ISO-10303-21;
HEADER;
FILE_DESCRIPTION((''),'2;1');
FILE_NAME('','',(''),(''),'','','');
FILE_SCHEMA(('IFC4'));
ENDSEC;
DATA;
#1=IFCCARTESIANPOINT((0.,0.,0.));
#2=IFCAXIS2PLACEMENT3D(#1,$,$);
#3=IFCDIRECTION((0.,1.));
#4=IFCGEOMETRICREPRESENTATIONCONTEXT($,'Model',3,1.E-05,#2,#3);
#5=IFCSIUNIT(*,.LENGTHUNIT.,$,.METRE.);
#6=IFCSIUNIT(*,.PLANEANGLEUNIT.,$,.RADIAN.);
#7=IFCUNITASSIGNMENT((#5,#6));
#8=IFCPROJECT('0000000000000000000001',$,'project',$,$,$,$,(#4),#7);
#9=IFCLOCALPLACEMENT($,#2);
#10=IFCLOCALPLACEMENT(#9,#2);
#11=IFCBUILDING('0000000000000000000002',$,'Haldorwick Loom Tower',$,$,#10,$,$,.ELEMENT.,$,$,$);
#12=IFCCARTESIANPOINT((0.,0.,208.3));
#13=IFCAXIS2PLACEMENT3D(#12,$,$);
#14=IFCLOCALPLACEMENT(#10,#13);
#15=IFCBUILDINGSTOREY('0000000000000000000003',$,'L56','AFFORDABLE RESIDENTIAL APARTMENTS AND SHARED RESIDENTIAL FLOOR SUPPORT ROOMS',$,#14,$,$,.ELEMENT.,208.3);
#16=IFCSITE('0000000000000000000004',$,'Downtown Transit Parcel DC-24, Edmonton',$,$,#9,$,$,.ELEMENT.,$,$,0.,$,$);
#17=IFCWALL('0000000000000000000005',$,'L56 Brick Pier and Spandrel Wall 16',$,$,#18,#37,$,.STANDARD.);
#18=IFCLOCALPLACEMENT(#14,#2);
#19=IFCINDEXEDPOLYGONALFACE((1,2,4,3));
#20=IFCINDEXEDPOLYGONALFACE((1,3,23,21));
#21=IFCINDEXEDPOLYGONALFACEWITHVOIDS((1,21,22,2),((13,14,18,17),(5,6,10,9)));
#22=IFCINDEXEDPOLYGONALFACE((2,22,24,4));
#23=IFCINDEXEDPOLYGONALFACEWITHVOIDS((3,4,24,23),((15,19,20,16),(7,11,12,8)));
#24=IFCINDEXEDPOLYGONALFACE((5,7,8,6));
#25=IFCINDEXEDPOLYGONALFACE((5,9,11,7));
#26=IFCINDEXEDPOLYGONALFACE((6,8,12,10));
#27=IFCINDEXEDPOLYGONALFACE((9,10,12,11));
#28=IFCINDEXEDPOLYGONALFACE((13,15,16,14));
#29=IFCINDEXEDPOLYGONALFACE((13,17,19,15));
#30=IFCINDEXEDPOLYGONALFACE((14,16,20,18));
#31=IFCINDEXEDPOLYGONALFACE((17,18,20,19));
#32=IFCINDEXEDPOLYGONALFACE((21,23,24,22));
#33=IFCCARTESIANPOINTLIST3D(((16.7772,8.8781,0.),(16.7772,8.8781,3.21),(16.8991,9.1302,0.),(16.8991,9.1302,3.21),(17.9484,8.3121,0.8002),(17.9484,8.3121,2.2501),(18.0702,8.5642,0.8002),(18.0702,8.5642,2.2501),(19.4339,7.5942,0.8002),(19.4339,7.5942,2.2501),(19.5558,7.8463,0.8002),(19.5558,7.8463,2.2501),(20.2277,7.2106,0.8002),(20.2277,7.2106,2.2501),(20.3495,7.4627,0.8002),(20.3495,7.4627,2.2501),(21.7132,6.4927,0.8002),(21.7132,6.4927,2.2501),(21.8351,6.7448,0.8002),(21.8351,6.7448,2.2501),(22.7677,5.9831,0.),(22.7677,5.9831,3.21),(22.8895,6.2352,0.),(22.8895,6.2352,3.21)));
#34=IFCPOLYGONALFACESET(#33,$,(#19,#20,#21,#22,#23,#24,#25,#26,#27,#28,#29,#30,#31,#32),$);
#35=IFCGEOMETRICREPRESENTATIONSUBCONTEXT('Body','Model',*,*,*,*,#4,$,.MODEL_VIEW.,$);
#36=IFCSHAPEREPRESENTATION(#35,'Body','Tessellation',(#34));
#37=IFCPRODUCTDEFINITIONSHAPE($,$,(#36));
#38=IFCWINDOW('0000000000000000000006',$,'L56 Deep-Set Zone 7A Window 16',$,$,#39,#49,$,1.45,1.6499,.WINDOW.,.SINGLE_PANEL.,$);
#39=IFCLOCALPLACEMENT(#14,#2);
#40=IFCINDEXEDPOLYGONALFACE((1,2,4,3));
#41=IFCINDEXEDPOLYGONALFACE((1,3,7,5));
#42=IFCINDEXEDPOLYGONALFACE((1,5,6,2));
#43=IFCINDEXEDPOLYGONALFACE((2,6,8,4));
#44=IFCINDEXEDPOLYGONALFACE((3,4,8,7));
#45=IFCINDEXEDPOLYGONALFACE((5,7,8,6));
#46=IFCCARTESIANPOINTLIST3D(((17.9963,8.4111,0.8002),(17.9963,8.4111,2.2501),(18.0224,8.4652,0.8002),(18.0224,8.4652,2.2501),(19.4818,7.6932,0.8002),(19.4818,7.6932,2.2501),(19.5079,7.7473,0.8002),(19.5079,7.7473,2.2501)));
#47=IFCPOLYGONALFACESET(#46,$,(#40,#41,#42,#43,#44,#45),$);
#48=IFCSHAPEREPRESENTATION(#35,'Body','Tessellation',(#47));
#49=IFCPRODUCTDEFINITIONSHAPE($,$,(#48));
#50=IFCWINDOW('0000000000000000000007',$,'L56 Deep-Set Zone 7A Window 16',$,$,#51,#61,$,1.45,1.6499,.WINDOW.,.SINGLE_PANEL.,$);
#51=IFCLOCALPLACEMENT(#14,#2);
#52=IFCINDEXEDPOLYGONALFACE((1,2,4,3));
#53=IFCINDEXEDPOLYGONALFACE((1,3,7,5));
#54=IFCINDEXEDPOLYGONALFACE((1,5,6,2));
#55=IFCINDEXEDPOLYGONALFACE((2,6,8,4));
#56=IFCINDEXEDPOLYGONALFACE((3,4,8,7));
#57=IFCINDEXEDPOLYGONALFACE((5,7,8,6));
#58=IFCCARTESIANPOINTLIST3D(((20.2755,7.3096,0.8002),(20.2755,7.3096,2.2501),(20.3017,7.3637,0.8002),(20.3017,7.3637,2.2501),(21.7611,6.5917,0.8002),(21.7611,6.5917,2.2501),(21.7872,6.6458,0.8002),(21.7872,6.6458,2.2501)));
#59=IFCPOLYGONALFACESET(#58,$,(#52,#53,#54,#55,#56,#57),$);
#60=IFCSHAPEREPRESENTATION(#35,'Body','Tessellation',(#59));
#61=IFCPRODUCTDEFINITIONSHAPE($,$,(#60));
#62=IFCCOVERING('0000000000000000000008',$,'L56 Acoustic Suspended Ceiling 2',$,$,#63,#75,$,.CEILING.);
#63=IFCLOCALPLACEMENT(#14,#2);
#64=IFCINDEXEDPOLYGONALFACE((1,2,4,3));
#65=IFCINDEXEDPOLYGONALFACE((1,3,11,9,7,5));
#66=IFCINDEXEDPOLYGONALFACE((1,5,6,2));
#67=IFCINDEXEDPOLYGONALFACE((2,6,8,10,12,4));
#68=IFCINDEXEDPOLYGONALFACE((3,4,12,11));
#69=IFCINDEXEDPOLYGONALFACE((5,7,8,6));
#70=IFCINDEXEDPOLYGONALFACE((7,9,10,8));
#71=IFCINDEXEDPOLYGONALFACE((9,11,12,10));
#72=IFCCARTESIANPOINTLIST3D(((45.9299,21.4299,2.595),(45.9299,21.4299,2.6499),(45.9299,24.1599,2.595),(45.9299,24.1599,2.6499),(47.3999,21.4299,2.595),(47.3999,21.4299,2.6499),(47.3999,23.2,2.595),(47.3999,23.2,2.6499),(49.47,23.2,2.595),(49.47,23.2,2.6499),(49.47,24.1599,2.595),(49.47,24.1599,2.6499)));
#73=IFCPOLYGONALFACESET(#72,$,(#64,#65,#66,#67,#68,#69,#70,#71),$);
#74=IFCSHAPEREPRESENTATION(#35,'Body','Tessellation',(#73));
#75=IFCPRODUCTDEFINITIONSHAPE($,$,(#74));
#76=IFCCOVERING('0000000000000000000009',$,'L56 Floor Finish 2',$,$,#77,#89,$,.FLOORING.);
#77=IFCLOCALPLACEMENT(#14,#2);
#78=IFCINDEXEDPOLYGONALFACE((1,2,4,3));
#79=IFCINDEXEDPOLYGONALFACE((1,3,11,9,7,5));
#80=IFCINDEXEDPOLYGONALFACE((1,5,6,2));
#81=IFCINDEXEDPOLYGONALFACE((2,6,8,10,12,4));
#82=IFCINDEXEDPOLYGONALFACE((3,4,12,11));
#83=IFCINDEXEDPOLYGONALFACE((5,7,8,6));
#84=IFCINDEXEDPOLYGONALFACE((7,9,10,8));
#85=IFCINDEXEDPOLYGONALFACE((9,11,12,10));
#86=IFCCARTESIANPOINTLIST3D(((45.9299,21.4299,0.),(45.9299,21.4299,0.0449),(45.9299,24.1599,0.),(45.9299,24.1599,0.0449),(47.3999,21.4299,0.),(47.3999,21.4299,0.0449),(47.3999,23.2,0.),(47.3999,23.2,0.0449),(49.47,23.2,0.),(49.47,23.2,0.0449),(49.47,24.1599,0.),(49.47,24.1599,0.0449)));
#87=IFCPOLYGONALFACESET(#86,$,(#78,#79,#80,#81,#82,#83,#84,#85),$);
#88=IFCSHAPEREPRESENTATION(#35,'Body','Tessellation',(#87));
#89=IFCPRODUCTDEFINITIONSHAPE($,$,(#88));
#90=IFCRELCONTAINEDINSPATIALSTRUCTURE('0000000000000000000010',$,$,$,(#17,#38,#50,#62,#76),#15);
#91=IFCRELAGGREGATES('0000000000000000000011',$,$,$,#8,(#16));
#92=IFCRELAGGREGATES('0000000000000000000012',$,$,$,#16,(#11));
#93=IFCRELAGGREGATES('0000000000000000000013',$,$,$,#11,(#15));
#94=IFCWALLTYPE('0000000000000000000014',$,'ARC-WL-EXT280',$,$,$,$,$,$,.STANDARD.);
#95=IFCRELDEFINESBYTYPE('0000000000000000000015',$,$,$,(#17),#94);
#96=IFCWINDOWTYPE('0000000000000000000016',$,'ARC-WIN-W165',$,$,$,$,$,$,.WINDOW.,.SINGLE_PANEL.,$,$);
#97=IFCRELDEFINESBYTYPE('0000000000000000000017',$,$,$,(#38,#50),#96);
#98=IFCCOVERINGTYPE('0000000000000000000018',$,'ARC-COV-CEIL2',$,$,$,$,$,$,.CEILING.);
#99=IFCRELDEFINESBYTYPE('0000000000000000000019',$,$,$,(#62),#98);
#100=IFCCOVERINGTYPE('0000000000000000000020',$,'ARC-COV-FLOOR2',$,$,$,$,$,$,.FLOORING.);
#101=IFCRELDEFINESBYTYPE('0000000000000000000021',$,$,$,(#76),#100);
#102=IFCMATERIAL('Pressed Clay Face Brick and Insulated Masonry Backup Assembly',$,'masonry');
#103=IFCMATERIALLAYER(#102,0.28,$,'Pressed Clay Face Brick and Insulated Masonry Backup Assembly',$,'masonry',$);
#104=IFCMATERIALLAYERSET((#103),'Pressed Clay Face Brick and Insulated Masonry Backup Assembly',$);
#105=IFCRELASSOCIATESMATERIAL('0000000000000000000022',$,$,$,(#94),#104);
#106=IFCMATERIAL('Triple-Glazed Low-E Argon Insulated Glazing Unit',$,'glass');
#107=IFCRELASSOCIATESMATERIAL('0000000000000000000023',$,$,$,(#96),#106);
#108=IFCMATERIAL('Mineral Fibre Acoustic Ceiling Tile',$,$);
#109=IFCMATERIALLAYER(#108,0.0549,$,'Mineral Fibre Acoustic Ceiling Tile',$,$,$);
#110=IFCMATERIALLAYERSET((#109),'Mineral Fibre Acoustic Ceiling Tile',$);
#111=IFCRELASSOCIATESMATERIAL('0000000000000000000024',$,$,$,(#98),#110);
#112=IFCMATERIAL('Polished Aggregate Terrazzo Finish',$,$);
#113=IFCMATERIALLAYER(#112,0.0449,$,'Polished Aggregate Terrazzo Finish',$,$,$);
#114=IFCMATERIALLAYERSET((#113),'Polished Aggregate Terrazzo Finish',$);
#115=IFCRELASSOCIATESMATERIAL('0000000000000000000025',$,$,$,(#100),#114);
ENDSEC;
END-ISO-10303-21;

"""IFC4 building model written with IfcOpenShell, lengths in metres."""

from ifc_helpers import new_model, si_unit, direction, frame, frame_2d, origin, place, context, subcontext, project, spatial, polyline, rectangle, outline, extrude, material, layer, layer_set, type_object, element, fill, save


model = new_model("IFC4")

# Units and contexts
model_context = context("Model", 3, precision=1e-05, world=origin(), true_north=direction((0.0, 1.0)))
body_context = subcontext(model_context, "Body", "Model", "MODEL_VIEW")
ifc_project = project(units=[si_unit("LENGTHUNIT", "METRE"), si_unit("PLANEANGLEUNIT", "RADIAN")], contexts=[model_context])

# Site, building, storey
site_placement = place(None, origin())
site = spatial("IfcSite", under=ifc_project, at=site_placement, Name="Downtown Transit Parcel DC-24, Edmonton", CompositionType="ELEMENT", RefElevation=0.0)
building_placement = place(site_placement, origin())
building = spatial("IfcBuilding", under=site, at=building_placement, Name="Haldorwick Loom Tower", CompositionType="ELEMENT")
storey_placement = place(building_placement, frame((0.0, 0.0, 208.3)))
storey = spatial("IfcBuildingStorey", under=building, at=storey_placement, Name="L56", Description="AFFORDABLE RESIDENTIAL APARTMENTS AND SHARED RESIDENTIAL FLOOR SUPPORT ROOMS", CompositionType="ELEMENT", Elevation=208.3)

# Shared definitions
ifc_material_1 = material(Name="Pressed Clay Face Brick and Insulated Masonry Backup Assembly", Category="masonry")
ifc_layer_1 = layer(ifc_material_1, 0.28, Name="Pressed Clay Face Brick and Insulated Masonry Backup Assembly", Category="masonry")
ifc_layer_set_1 = layer_set([ifc_layer_1], Name="Pressed Clay Face Brick and Insulated Masonry Backup Assembly")
wall_type = type_object("IfcWallType", Name="ARC-WL-EXT280", PredefinedType="STANDARD", material=ifc_layer_set_1)

# Wall, openings, windows
wall_1_placement = place(storey_placement, frame((16.8381, 9.0042, 0.0), z_axis=(0.0, 0.0, 1.0), x_axis=(0.900371, -0.435123, 0.0)))
wall_1 = element("IfcWall", 1, at=wall_1_placement, inside=storey, type_object=wall_type, Name="L56 Brick Pier and Spandrel Wall 16", PredefinedType="STANDARD", context=body_context, shape_type="SweptSolid", body=[
    extrude(rectangle(XDim=6.6533, YDim=0.28, at=frame_2d((3.3267, 0.0))), origin(), (0.0, 0.0, 1.0), 3.21),
])
opening_1_placement = place(wall_1_placement, frame((1.3008, 0.0, 0.8)))
opening_1 = element("IfcOpeningElement", 2, at=opening_1_placement, cuts=wall_1, PredefinedType="OPENING", context=body_context, shape_type="SweptSolid", body=[
    extrude(rectangle(XDim=1.6499, YDim=1.45, at=frame_2d((0.825, 0.7251))), frame((0.0, 0.1499, 0.0), z_axis=(0.0, -1.0, 0.0), x_axis=(1.0, 0.0, 0.0)), (0.0, 0.0, 1.0), 0.3),
])
opening_2_placement = place(wall_1_placement, frame((3.8323, 0.0, 0.8)))
opening_2 = element("IfcOpeningElement", 3, at=opening_2_placement, cuts=wall_1, PredefinedType="OPENING", context=body_context, shape_type="SweptSolid", body=[
    extrude(rectangle(XDim=1.6499, YDim=1.45, at=frame_2d((0.825, 0.7251))), frame((0.0, 0.1499, 0.0), z_axis=(0.0, -1.0, 0.0), x_axis=(1.0, 0.0, 0.0)), (0.0, 0.0, 1.0), 0.3),
])
ifc_material_2 = material(Name="Triple-Glazed Low-E Argon Insulated Glazing Unit", Category="glass")
window_type = type_object("IfcWindowType", Name="ARC-WIN-W165", PartitioningType="SINGLE_PANEL", PredefinedType="WINDOW", material=ifc_material_2)
window_1_placement = place(opening_1_placement, origin())
window_1 = element("IfcWindow", 4, at=window_1_placement, inside=storey, type_object=window_type, Name="L56 Deep-Set Zone 7A Window 16", OverallHeight=1.45, OverallWidth=1.6499, PartitioningType="SINGLE_PANEL", PredefinedType="WINDOW", context=body_context, shape_type="SweptSolid", body=[
    extrude(rectangle(XDim=1.6499, YDim=1.45, at=frame_2d((0.825, 0.7251))), frame((0.0, 0.03, 0.0), z_axis=(0.0, -1.0, 0.0), x_axis=(1.0, 0.0, 0.0)), (0.0, 0.0, 1.0), 0.0601),
])
fill(opening_1, window_1)
window_2_placement = place(opening_2_placement, origin())
window_2 = element("IfcWindow", 5, at=window_2_placement, inside=storey, type_object=window_type, Name="L56 Deep-Set Zone 7A Window 16", OverallHeight=1.45, OverallWidth=1.6499, PartitioningType="SINGLE_PANEL", PredefinedType="WINDOW", context=body_context, shape_type="SweptSolid", body=[
    extrude(rectangle(XDim=1.6499, YDim=1.45, at=frame_2d((0.825, 0.7251))), frame((0.0, 0.03, 0.0), z_axis=(0.0, -1.0, 0.0), x_axis=(1.0, 0.0, 0.0)), (0.0, 0.0, 1.0), 0.0601),
])
fill(opening_2, window_2)

# Coverings
ifc_material_3 = material(Name="Mineral Fibre Acoustic Ceiling Tile")
ifc_layer_2 = layer(ifc_material_3, 0.0549, Name="Mineral Fibre Acoustic Ceiling Tile")
ifc_layer_set_2 = layer_set([ifc_layer_2], Name="Mineral Fibre Acoustic Ceiling Tile")
covering_type_1 = type_object("IfcCoveringType", Name="ARC-COV-CEIL2", PredefinedType="CEILING", material=ifc_layer_set_2)
covering_1_placement = place(storey_placement, frame((0.0, 0.0, 2.595)))
element("IfcCovering", 6, at=covering_1_placement, inside=storey, type_object=covering_type_1, Name="L56 Acoustic Suspended Ceiling 2", PredefinedType="CEILING", context=body_context, shape_type="SweptSolid", body=[
    extrude(outline(polyline([(45.9299, 24.1599), (45.9299, 21.4299), (47.3999, 21.4299), (47.3999, 23.2), (49.47, 23.2), (49.47, 24.1599), (45.9299, 24.1599)])), origin(), (0.0, 0.0, 1.0), 0.0549),
])
ifc_material_4 = material(Name="Polished Aggregate Terrazzo Finish")
ifc_layer_3 = layer(ifc_material_4, 0.0449, Name="Polished Aggregate Terrazzo Finish")
ifc_layer_set_3 = layer_set([ifc_layer_3], Name="Polished Aggregate Terrazzo Finish")
covering_type_2 = type_object("IfcCoveringType", Name="ARC-COV-FLOOR2", PredefinedType="FLOORING", material=ifc_layer_set_3)
covering_2_placement = place(storey_placement, origin())
element("IfcCovering", 7, at=covering_2_placement, inside=storey, type_object=covering_type_2, Name="L56 Floor Finish 2", PredefinedType="FLOORING", context=body_context, shape_type="SweptSolid", body=[
    extrude(outline(polyline([(45.9299, 24.1599), (45.9299, 21.4299), (47.3999, 21.4299), (47.3999, 23.2), (49.47, 23.2), (49.47, 24.1599), (45.9299, 24.1599)])), origin(), (0.0, 0.0, 1.0), 0.0449),
])

save(model, "model.ifc")
